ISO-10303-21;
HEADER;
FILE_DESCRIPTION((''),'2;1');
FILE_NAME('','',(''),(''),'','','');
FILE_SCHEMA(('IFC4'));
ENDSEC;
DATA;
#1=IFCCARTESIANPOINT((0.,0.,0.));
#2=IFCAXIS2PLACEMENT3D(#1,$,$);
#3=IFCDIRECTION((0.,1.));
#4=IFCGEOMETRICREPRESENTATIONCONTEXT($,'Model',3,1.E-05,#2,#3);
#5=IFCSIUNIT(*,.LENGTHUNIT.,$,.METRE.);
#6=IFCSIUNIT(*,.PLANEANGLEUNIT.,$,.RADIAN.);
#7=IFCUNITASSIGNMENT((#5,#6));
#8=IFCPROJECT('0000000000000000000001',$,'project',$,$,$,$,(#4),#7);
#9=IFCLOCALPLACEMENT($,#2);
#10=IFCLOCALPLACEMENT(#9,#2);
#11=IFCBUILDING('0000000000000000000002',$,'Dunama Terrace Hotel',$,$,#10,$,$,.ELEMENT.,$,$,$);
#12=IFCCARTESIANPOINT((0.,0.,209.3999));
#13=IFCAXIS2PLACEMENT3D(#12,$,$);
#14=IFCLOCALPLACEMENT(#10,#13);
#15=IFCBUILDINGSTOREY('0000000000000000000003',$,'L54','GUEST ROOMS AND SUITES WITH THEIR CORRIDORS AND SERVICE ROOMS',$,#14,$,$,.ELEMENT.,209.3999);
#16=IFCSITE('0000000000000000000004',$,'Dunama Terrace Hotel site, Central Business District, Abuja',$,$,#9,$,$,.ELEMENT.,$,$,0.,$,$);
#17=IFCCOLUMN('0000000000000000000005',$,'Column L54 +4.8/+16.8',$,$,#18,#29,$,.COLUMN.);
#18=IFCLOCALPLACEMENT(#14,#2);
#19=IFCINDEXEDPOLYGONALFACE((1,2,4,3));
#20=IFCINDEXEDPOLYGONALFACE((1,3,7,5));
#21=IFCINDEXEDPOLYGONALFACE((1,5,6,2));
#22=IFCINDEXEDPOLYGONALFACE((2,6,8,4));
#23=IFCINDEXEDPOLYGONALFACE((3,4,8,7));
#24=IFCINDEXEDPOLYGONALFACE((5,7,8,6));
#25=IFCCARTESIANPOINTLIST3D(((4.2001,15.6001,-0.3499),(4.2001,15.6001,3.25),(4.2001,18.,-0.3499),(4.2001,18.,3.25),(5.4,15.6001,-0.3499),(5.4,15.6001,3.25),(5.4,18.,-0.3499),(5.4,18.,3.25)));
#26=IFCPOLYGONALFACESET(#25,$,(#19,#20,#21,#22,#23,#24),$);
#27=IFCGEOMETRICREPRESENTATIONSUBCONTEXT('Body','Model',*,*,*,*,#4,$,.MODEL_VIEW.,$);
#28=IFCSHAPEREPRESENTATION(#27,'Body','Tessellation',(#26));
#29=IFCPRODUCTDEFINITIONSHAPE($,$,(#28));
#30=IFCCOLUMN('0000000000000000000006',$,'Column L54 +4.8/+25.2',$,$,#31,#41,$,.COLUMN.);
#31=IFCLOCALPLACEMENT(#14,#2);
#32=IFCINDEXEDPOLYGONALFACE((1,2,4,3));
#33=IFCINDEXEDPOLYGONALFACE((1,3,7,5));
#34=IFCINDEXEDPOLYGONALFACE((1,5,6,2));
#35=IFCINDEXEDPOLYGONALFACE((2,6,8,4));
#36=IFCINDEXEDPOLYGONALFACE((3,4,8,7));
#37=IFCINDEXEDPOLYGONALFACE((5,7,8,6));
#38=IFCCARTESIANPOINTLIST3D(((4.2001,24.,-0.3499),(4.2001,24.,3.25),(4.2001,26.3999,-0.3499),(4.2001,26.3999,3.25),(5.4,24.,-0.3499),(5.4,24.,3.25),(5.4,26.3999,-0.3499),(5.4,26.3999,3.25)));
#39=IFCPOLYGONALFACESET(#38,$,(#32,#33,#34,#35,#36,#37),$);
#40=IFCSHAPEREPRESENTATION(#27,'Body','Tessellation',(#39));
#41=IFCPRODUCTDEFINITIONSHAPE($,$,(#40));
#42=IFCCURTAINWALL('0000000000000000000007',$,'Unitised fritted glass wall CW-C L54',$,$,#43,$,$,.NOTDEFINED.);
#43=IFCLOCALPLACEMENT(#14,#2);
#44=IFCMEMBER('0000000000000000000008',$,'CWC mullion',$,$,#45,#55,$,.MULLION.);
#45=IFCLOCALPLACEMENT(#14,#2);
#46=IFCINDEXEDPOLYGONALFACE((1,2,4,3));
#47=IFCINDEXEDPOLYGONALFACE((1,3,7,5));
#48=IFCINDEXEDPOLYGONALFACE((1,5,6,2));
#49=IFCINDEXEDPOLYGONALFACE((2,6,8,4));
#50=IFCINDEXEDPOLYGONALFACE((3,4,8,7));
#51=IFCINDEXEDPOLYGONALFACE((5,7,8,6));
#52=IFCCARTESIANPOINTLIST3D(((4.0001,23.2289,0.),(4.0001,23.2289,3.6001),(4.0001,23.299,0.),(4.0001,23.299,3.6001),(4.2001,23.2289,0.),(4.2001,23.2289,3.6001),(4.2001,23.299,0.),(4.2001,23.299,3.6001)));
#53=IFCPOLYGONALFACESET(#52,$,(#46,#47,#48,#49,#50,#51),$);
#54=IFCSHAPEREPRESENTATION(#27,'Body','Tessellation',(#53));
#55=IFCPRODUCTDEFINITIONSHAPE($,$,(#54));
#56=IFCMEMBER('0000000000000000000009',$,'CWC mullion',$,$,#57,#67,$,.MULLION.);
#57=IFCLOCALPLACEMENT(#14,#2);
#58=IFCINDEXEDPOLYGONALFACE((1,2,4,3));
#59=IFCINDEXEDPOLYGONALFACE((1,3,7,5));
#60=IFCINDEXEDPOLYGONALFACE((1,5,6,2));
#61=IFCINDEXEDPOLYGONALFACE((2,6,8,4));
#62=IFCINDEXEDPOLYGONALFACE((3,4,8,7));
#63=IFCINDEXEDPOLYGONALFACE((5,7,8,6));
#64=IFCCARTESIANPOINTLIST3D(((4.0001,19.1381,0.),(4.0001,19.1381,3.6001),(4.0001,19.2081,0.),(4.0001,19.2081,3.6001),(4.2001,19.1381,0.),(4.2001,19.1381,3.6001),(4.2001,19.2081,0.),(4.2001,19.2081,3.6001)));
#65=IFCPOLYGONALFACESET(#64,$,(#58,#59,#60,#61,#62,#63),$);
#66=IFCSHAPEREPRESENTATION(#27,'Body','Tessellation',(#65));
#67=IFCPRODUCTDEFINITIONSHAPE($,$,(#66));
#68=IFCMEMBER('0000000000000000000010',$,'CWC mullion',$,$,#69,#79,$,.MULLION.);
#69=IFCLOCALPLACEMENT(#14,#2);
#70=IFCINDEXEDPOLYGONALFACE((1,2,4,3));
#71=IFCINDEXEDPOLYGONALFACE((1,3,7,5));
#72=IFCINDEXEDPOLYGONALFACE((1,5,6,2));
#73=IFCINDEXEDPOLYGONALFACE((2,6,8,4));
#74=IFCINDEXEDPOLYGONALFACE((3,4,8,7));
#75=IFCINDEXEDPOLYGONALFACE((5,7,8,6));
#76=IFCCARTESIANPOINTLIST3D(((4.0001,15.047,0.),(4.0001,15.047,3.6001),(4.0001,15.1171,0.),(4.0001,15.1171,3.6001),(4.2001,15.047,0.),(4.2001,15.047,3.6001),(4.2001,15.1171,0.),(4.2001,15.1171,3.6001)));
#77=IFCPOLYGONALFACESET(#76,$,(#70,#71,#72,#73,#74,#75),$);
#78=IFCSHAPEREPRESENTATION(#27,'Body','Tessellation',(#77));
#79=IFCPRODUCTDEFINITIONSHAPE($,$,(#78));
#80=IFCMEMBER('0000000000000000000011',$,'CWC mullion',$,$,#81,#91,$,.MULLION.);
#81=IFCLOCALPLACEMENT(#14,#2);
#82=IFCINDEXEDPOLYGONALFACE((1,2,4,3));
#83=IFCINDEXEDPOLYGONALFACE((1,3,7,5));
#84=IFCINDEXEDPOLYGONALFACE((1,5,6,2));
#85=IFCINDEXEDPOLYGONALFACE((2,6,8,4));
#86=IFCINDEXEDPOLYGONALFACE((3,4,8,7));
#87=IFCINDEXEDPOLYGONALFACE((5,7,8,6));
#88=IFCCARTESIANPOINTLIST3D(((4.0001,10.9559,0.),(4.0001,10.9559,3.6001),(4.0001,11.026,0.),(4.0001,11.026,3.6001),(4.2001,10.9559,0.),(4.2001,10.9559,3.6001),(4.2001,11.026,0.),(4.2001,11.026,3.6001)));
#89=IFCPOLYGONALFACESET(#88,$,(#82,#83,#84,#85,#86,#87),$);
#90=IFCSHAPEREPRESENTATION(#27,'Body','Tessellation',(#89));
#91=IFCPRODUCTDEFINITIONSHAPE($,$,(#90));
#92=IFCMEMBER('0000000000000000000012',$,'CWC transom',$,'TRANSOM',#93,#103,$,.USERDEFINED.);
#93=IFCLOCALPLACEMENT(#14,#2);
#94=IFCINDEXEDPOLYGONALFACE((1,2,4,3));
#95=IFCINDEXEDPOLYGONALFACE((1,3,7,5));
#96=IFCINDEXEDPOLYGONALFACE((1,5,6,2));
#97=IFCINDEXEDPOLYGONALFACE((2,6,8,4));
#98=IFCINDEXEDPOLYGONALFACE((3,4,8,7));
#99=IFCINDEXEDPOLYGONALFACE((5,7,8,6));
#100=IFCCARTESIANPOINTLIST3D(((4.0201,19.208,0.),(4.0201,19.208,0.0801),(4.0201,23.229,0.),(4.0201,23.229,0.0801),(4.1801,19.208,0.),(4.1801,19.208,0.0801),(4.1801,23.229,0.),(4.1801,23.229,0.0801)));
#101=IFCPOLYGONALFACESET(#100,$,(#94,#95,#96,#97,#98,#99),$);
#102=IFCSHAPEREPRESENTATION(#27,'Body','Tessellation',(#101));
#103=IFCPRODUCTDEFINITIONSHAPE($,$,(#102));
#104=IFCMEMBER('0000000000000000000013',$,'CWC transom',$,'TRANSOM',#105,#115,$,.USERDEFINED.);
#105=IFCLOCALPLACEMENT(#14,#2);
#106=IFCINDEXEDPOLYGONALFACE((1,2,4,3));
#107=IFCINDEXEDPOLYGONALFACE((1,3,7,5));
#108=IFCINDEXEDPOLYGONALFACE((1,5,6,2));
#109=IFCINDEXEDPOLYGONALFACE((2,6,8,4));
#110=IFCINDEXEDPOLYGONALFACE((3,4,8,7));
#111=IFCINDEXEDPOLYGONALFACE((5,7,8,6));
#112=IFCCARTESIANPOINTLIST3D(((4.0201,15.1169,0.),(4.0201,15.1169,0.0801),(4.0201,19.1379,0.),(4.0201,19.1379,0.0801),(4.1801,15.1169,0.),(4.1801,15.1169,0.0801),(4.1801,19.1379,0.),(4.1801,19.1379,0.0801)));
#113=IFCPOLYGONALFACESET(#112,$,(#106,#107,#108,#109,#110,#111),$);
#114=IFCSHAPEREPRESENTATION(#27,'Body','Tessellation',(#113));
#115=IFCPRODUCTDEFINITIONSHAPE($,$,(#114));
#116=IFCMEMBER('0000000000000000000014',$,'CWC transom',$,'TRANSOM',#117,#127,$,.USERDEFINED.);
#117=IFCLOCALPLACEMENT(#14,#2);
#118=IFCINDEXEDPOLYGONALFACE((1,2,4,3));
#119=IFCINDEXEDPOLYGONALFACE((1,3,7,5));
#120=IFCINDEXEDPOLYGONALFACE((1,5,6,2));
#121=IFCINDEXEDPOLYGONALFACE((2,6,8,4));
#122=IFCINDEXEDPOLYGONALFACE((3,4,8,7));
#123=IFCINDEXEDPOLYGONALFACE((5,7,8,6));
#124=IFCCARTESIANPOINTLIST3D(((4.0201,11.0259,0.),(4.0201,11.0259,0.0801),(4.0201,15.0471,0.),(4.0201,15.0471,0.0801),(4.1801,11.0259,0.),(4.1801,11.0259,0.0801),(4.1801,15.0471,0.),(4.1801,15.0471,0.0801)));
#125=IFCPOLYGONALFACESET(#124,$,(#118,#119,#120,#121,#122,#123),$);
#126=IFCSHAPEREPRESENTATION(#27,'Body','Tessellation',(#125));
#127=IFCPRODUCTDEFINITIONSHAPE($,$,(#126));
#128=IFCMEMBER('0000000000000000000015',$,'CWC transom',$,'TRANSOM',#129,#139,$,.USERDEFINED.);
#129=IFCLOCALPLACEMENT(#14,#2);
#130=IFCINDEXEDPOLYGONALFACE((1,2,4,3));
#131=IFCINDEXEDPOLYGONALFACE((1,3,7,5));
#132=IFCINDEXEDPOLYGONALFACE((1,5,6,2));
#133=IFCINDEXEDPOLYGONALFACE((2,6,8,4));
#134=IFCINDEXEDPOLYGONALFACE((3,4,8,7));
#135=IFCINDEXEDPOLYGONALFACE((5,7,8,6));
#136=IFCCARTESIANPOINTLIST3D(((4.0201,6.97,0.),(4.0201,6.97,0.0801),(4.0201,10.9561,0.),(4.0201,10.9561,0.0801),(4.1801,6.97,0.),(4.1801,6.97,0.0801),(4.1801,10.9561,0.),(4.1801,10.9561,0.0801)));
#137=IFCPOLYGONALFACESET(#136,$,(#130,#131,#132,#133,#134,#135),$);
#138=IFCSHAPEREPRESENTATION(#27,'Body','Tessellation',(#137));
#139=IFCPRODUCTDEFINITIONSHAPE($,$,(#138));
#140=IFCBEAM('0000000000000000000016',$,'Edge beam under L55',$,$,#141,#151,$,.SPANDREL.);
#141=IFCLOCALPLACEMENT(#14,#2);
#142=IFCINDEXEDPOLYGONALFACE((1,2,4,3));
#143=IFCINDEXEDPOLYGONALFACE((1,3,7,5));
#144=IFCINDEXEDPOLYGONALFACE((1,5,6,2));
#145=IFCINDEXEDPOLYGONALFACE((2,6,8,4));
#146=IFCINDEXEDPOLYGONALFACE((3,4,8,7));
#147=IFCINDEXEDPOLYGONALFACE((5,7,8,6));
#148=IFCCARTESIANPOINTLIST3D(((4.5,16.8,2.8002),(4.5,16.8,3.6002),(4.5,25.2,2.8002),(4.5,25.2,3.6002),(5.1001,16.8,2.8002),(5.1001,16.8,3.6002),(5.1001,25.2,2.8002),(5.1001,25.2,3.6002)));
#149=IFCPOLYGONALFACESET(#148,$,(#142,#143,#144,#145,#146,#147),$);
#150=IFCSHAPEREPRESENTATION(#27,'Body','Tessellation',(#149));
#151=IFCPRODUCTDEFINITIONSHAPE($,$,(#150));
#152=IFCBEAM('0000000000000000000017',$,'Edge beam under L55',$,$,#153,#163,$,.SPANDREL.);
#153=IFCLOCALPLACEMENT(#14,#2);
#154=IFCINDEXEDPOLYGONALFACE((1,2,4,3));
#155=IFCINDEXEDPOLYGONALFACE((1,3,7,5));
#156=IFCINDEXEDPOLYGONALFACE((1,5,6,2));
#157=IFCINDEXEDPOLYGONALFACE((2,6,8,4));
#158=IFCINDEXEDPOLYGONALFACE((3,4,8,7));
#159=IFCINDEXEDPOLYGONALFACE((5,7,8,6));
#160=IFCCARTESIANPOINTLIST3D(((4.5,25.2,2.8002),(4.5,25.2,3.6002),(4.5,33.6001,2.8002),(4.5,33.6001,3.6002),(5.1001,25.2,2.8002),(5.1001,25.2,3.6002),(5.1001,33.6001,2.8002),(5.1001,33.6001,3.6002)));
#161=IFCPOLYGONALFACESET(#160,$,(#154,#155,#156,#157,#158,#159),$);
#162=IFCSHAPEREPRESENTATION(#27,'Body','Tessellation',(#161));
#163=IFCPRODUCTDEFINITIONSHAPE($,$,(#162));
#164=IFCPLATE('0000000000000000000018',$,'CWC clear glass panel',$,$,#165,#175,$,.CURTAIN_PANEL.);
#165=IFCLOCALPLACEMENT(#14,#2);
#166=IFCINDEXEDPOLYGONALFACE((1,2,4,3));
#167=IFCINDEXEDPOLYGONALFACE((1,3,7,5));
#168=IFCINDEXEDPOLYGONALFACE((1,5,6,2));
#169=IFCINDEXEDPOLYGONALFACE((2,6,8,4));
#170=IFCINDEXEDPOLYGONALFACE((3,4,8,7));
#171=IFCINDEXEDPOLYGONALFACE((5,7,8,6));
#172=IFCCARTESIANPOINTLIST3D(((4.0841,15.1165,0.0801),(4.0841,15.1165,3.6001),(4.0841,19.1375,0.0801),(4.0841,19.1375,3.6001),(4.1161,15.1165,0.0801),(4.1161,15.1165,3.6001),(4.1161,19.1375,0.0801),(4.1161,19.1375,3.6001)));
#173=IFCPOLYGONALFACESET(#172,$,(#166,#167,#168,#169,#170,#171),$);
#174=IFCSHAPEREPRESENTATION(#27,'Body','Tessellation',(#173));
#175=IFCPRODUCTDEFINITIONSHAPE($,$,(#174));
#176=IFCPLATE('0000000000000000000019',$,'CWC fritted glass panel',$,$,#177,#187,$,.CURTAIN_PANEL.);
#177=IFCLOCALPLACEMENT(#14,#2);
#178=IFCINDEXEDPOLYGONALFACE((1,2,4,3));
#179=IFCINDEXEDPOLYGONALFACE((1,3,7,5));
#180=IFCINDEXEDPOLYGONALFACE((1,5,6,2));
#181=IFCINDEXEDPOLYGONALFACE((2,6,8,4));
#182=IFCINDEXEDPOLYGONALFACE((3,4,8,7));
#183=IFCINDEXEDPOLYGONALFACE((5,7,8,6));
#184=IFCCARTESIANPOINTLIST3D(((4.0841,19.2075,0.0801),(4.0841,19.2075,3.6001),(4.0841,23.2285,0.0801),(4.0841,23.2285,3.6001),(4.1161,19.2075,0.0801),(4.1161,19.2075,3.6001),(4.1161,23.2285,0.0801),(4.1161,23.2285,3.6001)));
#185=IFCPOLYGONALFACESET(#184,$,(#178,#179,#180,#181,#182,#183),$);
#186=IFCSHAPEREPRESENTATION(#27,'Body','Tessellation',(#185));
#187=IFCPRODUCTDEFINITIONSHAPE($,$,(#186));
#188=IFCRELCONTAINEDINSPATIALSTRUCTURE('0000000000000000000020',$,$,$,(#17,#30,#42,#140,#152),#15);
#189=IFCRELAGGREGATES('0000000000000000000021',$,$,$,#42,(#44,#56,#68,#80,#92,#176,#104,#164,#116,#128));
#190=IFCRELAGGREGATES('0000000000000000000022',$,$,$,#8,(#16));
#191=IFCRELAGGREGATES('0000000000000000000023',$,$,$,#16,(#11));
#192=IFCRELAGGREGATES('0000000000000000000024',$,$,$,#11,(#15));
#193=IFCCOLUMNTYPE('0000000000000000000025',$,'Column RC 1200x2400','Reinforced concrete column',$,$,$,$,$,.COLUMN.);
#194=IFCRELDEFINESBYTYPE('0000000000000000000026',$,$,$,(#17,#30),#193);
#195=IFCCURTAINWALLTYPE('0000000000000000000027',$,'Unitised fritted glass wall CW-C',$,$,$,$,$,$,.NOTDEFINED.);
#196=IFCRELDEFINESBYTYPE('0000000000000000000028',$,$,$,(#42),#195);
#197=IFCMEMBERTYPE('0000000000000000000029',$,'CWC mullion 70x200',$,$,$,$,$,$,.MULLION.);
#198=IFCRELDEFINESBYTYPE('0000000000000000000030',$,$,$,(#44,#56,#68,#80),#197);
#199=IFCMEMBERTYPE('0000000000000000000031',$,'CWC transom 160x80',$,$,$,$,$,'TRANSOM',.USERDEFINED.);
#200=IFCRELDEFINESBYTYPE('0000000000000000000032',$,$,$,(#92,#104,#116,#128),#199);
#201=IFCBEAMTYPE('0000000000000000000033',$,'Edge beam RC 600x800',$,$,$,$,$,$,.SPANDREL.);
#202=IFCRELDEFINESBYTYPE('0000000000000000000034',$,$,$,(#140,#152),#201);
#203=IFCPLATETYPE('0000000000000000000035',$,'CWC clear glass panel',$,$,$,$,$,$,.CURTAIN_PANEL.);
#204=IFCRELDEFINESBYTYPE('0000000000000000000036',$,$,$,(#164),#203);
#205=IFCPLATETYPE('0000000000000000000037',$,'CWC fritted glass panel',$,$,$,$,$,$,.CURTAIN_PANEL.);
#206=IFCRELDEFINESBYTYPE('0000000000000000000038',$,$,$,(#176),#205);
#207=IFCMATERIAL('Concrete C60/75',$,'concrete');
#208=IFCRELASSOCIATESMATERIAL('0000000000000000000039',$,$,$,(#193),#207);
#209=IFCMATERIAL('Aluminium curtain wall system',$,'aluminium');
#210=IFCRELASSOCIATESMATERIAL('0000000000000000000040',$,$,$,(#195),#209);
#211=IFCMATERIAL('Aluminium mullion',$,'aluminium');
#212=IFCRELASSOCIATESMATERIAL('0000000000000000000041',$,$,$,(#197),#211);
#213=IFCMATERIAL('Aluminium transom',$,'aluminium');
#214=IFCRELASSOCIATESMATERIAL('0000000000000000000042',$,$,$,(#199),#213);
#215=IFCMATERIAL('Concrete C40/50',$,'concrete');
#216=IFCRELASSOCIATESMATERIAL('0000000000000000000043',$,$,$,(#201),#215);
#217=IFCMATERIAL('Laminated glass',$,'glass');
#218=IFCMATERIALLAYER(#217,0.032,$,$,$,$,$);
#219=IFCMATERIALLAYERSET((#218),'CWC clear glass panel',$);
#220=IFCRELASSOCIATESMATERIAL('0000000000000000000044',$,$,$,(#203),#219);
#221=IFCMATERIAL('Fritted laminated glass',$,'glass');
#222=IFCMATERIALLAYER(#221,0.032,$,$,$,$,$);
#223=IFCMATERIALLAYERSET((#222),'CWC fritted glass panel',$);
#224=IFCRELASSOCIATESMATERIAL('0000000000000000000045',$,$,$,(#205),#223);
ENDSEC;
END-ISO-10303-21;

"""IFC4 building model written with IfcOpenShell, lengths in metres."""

from ifc_helpers import new_model, si_unit, direction, frame, origin, origin_2d, place, context, subcontext, project, spatial, rectangle, extrude, material, layer, layer_set, material_profile, profile_set, type_object, element, aggregate, save


model = new_model("IFC4")

# Units and contexts
model_context = context("Model", 3, precision=1e-05, world=origin(), true_north=direction((0.0, 1.0)))
body_context = subcontext(model_context, "Body", "Model", "MODEL_VIEW")
ifc_project = project(units=[si_unit("LENGTHUNIT", "METRE"), si_unit("PLANEANGLEUNIT", "RADIAN")], contexts=[model_context])

# Site, building, storey
site_placement = place(None, origin())
site = spatial("IfcSite", under=ifc_project, at=site_placement, Name="Dunama Terrace Hotel site, Central Business District, Abuja", CompositionType="ELEMENT", RefElevation=0.0)
building_placement = place(site_placement, origin())
building = spatial("IfcBuilding", under=site, at=building_placement, Name="Dunama Terrace Hotel", CompositionType="ELEMENT")
storey_placement = place(building_placement, frame((0.0, 0.0, 209.3999)))
storey = spatial("IfcBuildingStorey", under=building, at=storey_placement, Name="L54", Description="GUEST ROOMS AND SUITES WITH THEIR CORRIDORS AND SERVICE ROOMS", CompositionType="ELEMENT", Elevation=209.3999)

# Columns
ifc_material_1 = material(Name="Concrete C60/75", Category="concrete")
ifc_material_profile_1 = material_profile(ifc_material_1, rectangle(XDim=1.2, YDim=2.3999, at=origin_2d()), Name="RC 1200x2400")
ifc_profile_set_1 = profile_set([ifc_material_profile_1], Name="Concrete C60/75")
column_type = type_object("IfcColumnType", Name="Column RC 1200x2400", Description="Reinforced concrete column", PredefinedType="COLUMN", material=ifc_profile_set_1)
for number, where, z_axis, x_axis, name in (
    (1, (4.8, 16.8, -0.3499), (0.0, 0.0, 1.0), (1.0, 0.0, 0.0), "Column L54 +4.8/+16.8"),
    (2, (4.8, 25.2, -0.3499), (0.0, 0.0, 1.0), (1.0, 0.0, 0.0), "Column L54 +4.8/+25.2"),
):
    element("IfcColumn", number, at=place(storey_placement, frame(where, z_axis=z_axis, x_axis=x_axis)), inside=storey, type_object=column_type, Name=name, PredefinedType="COLUMN", context=body_context, shape_type="SweptSolid", body=[
        extrude(rectangle(XDim=1.2, YDim=2.3999, at=origin_2d()), origin(), (0.0, 0.0, 1.0), 3.5999),
    ])

# Curtain wall, members
ifc_material_2 = material(Name="Aluminium curtain wall system", Category="aluminium")
curtain_wall_type = type_object("IfcCurtainWallType", Name="Unitised fritted glass wall CW-C", PredefinedType="NOTDEFINED", material=ifc_material_2)
curtain_wall_placement = place(storey_placement, origin())
curtain_wall = element("IfcCurtainWall", 3, at=curtain_wall_placement, inside=storey, type_object=curtain_wall_type, Name="Unitised fritted glass wall CW-C L54", PredefinedType="NOTDEFINED")
ifc_material_3 = material(Name="Aluminium mullion", Category="aluminium")
ifc_material_profile_2 = material_profile(ifc_material_3, rectangle(XDim=0.0701, YDim=0.2, at=origin_2d()), Name="CWC MULLION 70X200")
ifc_profile_set_2 = profile_set([ifc_material_profile_2], Name="Aluminium mullion")
member_type_1 = type_object("IfcMemberType", Name="CWC mullion 70x200", PredefinedType="MULLION", material=ifc_profile_set_2)
member_1_placement = place(storey_placement, frame((4.1001, 23.2639, 0.0), z_axis=(0.0, 0.0, 1.0), x_axis=(0.0, -1.0, 0.0)))
member_1 = element("IfcMember", 4, at=member_1_placement, type_object=member_type_1, Name="CWC mullion", PredefinedType="MULLION", context=body_context, shape_type="SweptSolid", body=[
    extrude(rectangle(XDim=0.0701, YDim=0.2, at=origin_2d()), origin(), (0.0, 0.0, 1.0), 3.6001),
])
member_2_placement = place(storey_placement, frame((4.1001, 19.1731, 0.0), z_axis=(0.0, 0.0, 1.0), x_axis=(0.0, -1.0, 0.0)))
member_2 = element("IfcMember", 5, at=member_2_placement, type_object=member_type_1, Name="CWC mullion", PredefinedType="MULLION", context=body_context, shape_type="SweptSolid", body=[
    extrude(rectangle(XDim=0.0701, YDim=0.2, at=origin_2d()), origin(), (0.0, 0.0, 1.0), 3.6001),
])
member_3_placement = place(storey_placement, frame((4.1001, 15.082, 0.0), z_axis=(0.0, 0.0, 1.0), x_axis=(0.0, -1.0, 0.0)))
member_3 = element("IfcMember", 6, at=member_3_placement, type_object=member_type_1, Name="CWC mullion", PredefinedType="MULLION", context=body_context, shape_type="SweptSolid", body=[
    extrude(rectangle(XDim=0.0701, YDim=0.2, at=origin_2d()), origin(), (0.0, 0.0, 1.0), 3.6001),
])
member_4_placement = place(storey_placement, frame((4.1001, 10.991, 0.0), z_axis=(0.0, 0.0, 1.0), x_axis=(0.0, -1.0, 0.0)))
member_4 = element("IfcMember", 7, at=member_4_placement, type_object=member_type_1, Name="CWC mullion", PredefinedType="MULLION", context=body_context, shape_type="SweptSolid", body=[
    extrude(rectangle(XDim=0.0701, YDim=0.2, at=origin_2d()), origin(), (0.0, 0.0, 1.0), 3.6001),
])
ifc_material_4 = material(Name="Aluminium transom", Category="aluminium")
ifc_material_profile_3 = material_profile(ifc_material_4, rectangle(XDim=0.1599, YDim=0.0801, at=origin_2d()), Name="CWC TRANSOM 160X80")
ifc_profile_set_3 = profile_set([ifc_material_profile_3], Name="Aluminium transom")
member_type_2 = type_object("IfcMemberType", Name="CWC transom 160x80", ElementType="TRANSOM", PredefinedType="USERDEFINED", material=ifc_profile_set_3)
member_5_placement = place(storey_placement, frame((4.1001, 23.229, 0.04), z_axis=(0.0, -1.0, 0.0), x_axis=(1.0, 0.0, 0.0)))
member_5 = element("IfcMember", 8, at=member_5_placement, type_object=member_type_2, Name="CWC transom", ObjectType="TRANSOM", PredefinedType="USERDEFINED", context=body_context, shape_type="SweptSolid", body=[
    extrude(rectangle(XDim=0.1599, YDim=0.0801, at=origin_2d()), origin(), (0.0, 0.0, 1.0), 4.021),
])
member_6_placement = place(storey_placement, frame((4.1001, 19.1379, 0.04), z_axis=(0.0, -1.0, 0.0), x_axis=(1.0, 0.0, 0.0)))
member_6 = element("IfcMember", 9, at=member_6_placement, type_object=member_type_2, Name="CWC transom", ObjectType="TRANSOM", PredefinedType="USERDEFINED", context=body_context, shape_type="SweptSolid", body=[
    extrude(rectangle(XDim=0.1599, YDim=0.0801, at=origin_2d()), origin(), (0.0, 0.0, 1.0), 4.021),
])
member_7_placement = place(storey_placement, frame((4.1001, 15.0471, 0.04), z_axis=(0.0, -1.0, 0.0), x_axis=(1.0, 0.0, 0.0)))
member_7 = element("IfcMember", 10, at=member_7_placement, type_object=member_type_2, Name="CWC transom", ObjectType="TRANSOM", PredefinedType="USERDEFINED", context=body_context, shape_type="SweptSolid", body=[
    extrude(rectangle(XDim=0.1599, YDim=0.0801, at=origin_2d()), origin(), (0.0, 0.0, 1.0), 4.0212),
])
member_8_placement = place(storey_placement, frame((4.1001, 10.9561, 0.04), z_axis=(0.0, -1.0, 0.0), x_axis=(1.0, 0.0, 0.0)))
member_8 = element("IfcMember", 11, at=member_8_placement, type_object=member_type_2, Name="CWC transom", ObjectType="TRANSOM", PredefinedType="USERDEFINED", context=body_context, shape_type="SweptSolid", body=[
    extrude(rectangle(XDim=0.1599, YDim=0.0801, at=origin_2d()), origin(), (0.0, 0.0, 1.0), 3.9861),
])

# Beams
ifc_material_5 = material(Name="Concrete C40/50", Category="concrete")
ifc_material_profile_4 = material_profile(ifc_material_5, rectangle(XDim=0.6001, YDim=0.8, at=origin_2d()), Name="RC 600x800")
ifc_profile_set_4 = profile_set([ifc_material_profile_4], Name="Concrete C40/50")
beam_type = type_object("IfcBeamType", Name="Edge beam RC 600x800", PredefinedType="SPANDREL", material=ifc_profile_set_4)
beam_1_placement = place(storey_placement, frame((4.8, 16.8, 3.2002), z_axis=(0.0, 1.0, 0.0), x_axis=(-1.0, 0.0, 0.0)))
element("IfcBeam", 12, at=beam_1_placement, inside=storey, type_object=beam_type, Name="Edge beam under L55", PredefinedType="SPANDREL", context=body_context, shape_type="SweptSolid", body=[
    extrude(rectangle(XDim=0.6001, YDim=0.8, at=origin_2d()), origin(), (0.0, 0.0, 1.0), 8.3999),
])
beam_2_placement = place(storey_placement, frame((4.8, 25.2, 3.2002), z_axis=(0.0, 1.0, 0.0), x_axis=(-1.0, 0.0, 0.0)))
element("IfcBeam", 13, at=beam_2_placement, inside=storey, type_object=beam_type, Name="Edge beam under L55", PredefinedType="SPANDREL", context=body_context, shape_type="SweptSolid", body=[
    extrude(rectangle(XDim=0.6001, YDim=0.8, at=origin_2d()), origin(), (0.0, 0.0, 1.0), 8.4001),
])

# Plates
ifc_material_6 = material(Name="Laminated glass", Category="glass")
ifc_layer_1 = layer(ifc_material_6, 0.032)
ifc_layer_set_1 = layer_set([ifc_layer_1], Name="CWC clear glass panel")
plate_type_1 = type_object("IfcPlateType", Name="CWC clear glass panel", PredefinedType="CURTAIN_PANEL", material=ifc_layer_set_1)
plate_1_placement = place(storey_placement, frame((4.1001, 17.127, 0.0801), z_axis=(0.0, 0.0, 1.0), x_axis=(0.0, -1.0, 0.0)))
plate_1 = element("IfcPlate", 14, at=plate_1_placement, type_object=plate_type_1, Name="CWC clear glass panel", PredefinedType="CURTAIN_PANEL", context=body_context, shape_type="SweptSolid", body=[
    extrude(rectangle(XDim=4.021, YDim=0.032, at=origin_2d()), origin(), (0.0, 0.0, 1.0), 3.52),
])
ifc_material_7 = material(Name="Fritted laminated glass", Category="glass")
ifc_layer_2 = layer(ifc_material_7, 0.032)
ifc_layer_set_2 = layer_set([ifc_layer_2], Name="CWC fritted glass panel")
plate_type_2 = type_object("IfcPlateType", Name="CWC fritted glass panel", PredefinedType="CURTAIN_PANEL", material=ifc_layer_set_2)
plate_2_placement = place(storey_placement, frame((4.1001, 21.218, 0.0801), z_axis=(0.0, 0.0, 1.0), x_axis=(0.0, -1.0, 0.0)))
plate_2 = element("IfcPlate", 15, at=plate_2_placement, type_object=plate_type_2, Name="CWC fritted glass panel", PredefinedType="CURTAIN_PANEL", context=body_context, shape_type="SweptSolid", body=[
    extrude(rectangle(XDim=4.021, YDim=0.032, at=origin_2d()), origin(), (0.0, 0.0, 1.0), 3.52),
])
aggregate(curtain_wall, [member_1, member_2, member_3, member_4, member_5, plate_2, member_6, plate_1, member_7, member_8])

save(model, "model.ifc")
